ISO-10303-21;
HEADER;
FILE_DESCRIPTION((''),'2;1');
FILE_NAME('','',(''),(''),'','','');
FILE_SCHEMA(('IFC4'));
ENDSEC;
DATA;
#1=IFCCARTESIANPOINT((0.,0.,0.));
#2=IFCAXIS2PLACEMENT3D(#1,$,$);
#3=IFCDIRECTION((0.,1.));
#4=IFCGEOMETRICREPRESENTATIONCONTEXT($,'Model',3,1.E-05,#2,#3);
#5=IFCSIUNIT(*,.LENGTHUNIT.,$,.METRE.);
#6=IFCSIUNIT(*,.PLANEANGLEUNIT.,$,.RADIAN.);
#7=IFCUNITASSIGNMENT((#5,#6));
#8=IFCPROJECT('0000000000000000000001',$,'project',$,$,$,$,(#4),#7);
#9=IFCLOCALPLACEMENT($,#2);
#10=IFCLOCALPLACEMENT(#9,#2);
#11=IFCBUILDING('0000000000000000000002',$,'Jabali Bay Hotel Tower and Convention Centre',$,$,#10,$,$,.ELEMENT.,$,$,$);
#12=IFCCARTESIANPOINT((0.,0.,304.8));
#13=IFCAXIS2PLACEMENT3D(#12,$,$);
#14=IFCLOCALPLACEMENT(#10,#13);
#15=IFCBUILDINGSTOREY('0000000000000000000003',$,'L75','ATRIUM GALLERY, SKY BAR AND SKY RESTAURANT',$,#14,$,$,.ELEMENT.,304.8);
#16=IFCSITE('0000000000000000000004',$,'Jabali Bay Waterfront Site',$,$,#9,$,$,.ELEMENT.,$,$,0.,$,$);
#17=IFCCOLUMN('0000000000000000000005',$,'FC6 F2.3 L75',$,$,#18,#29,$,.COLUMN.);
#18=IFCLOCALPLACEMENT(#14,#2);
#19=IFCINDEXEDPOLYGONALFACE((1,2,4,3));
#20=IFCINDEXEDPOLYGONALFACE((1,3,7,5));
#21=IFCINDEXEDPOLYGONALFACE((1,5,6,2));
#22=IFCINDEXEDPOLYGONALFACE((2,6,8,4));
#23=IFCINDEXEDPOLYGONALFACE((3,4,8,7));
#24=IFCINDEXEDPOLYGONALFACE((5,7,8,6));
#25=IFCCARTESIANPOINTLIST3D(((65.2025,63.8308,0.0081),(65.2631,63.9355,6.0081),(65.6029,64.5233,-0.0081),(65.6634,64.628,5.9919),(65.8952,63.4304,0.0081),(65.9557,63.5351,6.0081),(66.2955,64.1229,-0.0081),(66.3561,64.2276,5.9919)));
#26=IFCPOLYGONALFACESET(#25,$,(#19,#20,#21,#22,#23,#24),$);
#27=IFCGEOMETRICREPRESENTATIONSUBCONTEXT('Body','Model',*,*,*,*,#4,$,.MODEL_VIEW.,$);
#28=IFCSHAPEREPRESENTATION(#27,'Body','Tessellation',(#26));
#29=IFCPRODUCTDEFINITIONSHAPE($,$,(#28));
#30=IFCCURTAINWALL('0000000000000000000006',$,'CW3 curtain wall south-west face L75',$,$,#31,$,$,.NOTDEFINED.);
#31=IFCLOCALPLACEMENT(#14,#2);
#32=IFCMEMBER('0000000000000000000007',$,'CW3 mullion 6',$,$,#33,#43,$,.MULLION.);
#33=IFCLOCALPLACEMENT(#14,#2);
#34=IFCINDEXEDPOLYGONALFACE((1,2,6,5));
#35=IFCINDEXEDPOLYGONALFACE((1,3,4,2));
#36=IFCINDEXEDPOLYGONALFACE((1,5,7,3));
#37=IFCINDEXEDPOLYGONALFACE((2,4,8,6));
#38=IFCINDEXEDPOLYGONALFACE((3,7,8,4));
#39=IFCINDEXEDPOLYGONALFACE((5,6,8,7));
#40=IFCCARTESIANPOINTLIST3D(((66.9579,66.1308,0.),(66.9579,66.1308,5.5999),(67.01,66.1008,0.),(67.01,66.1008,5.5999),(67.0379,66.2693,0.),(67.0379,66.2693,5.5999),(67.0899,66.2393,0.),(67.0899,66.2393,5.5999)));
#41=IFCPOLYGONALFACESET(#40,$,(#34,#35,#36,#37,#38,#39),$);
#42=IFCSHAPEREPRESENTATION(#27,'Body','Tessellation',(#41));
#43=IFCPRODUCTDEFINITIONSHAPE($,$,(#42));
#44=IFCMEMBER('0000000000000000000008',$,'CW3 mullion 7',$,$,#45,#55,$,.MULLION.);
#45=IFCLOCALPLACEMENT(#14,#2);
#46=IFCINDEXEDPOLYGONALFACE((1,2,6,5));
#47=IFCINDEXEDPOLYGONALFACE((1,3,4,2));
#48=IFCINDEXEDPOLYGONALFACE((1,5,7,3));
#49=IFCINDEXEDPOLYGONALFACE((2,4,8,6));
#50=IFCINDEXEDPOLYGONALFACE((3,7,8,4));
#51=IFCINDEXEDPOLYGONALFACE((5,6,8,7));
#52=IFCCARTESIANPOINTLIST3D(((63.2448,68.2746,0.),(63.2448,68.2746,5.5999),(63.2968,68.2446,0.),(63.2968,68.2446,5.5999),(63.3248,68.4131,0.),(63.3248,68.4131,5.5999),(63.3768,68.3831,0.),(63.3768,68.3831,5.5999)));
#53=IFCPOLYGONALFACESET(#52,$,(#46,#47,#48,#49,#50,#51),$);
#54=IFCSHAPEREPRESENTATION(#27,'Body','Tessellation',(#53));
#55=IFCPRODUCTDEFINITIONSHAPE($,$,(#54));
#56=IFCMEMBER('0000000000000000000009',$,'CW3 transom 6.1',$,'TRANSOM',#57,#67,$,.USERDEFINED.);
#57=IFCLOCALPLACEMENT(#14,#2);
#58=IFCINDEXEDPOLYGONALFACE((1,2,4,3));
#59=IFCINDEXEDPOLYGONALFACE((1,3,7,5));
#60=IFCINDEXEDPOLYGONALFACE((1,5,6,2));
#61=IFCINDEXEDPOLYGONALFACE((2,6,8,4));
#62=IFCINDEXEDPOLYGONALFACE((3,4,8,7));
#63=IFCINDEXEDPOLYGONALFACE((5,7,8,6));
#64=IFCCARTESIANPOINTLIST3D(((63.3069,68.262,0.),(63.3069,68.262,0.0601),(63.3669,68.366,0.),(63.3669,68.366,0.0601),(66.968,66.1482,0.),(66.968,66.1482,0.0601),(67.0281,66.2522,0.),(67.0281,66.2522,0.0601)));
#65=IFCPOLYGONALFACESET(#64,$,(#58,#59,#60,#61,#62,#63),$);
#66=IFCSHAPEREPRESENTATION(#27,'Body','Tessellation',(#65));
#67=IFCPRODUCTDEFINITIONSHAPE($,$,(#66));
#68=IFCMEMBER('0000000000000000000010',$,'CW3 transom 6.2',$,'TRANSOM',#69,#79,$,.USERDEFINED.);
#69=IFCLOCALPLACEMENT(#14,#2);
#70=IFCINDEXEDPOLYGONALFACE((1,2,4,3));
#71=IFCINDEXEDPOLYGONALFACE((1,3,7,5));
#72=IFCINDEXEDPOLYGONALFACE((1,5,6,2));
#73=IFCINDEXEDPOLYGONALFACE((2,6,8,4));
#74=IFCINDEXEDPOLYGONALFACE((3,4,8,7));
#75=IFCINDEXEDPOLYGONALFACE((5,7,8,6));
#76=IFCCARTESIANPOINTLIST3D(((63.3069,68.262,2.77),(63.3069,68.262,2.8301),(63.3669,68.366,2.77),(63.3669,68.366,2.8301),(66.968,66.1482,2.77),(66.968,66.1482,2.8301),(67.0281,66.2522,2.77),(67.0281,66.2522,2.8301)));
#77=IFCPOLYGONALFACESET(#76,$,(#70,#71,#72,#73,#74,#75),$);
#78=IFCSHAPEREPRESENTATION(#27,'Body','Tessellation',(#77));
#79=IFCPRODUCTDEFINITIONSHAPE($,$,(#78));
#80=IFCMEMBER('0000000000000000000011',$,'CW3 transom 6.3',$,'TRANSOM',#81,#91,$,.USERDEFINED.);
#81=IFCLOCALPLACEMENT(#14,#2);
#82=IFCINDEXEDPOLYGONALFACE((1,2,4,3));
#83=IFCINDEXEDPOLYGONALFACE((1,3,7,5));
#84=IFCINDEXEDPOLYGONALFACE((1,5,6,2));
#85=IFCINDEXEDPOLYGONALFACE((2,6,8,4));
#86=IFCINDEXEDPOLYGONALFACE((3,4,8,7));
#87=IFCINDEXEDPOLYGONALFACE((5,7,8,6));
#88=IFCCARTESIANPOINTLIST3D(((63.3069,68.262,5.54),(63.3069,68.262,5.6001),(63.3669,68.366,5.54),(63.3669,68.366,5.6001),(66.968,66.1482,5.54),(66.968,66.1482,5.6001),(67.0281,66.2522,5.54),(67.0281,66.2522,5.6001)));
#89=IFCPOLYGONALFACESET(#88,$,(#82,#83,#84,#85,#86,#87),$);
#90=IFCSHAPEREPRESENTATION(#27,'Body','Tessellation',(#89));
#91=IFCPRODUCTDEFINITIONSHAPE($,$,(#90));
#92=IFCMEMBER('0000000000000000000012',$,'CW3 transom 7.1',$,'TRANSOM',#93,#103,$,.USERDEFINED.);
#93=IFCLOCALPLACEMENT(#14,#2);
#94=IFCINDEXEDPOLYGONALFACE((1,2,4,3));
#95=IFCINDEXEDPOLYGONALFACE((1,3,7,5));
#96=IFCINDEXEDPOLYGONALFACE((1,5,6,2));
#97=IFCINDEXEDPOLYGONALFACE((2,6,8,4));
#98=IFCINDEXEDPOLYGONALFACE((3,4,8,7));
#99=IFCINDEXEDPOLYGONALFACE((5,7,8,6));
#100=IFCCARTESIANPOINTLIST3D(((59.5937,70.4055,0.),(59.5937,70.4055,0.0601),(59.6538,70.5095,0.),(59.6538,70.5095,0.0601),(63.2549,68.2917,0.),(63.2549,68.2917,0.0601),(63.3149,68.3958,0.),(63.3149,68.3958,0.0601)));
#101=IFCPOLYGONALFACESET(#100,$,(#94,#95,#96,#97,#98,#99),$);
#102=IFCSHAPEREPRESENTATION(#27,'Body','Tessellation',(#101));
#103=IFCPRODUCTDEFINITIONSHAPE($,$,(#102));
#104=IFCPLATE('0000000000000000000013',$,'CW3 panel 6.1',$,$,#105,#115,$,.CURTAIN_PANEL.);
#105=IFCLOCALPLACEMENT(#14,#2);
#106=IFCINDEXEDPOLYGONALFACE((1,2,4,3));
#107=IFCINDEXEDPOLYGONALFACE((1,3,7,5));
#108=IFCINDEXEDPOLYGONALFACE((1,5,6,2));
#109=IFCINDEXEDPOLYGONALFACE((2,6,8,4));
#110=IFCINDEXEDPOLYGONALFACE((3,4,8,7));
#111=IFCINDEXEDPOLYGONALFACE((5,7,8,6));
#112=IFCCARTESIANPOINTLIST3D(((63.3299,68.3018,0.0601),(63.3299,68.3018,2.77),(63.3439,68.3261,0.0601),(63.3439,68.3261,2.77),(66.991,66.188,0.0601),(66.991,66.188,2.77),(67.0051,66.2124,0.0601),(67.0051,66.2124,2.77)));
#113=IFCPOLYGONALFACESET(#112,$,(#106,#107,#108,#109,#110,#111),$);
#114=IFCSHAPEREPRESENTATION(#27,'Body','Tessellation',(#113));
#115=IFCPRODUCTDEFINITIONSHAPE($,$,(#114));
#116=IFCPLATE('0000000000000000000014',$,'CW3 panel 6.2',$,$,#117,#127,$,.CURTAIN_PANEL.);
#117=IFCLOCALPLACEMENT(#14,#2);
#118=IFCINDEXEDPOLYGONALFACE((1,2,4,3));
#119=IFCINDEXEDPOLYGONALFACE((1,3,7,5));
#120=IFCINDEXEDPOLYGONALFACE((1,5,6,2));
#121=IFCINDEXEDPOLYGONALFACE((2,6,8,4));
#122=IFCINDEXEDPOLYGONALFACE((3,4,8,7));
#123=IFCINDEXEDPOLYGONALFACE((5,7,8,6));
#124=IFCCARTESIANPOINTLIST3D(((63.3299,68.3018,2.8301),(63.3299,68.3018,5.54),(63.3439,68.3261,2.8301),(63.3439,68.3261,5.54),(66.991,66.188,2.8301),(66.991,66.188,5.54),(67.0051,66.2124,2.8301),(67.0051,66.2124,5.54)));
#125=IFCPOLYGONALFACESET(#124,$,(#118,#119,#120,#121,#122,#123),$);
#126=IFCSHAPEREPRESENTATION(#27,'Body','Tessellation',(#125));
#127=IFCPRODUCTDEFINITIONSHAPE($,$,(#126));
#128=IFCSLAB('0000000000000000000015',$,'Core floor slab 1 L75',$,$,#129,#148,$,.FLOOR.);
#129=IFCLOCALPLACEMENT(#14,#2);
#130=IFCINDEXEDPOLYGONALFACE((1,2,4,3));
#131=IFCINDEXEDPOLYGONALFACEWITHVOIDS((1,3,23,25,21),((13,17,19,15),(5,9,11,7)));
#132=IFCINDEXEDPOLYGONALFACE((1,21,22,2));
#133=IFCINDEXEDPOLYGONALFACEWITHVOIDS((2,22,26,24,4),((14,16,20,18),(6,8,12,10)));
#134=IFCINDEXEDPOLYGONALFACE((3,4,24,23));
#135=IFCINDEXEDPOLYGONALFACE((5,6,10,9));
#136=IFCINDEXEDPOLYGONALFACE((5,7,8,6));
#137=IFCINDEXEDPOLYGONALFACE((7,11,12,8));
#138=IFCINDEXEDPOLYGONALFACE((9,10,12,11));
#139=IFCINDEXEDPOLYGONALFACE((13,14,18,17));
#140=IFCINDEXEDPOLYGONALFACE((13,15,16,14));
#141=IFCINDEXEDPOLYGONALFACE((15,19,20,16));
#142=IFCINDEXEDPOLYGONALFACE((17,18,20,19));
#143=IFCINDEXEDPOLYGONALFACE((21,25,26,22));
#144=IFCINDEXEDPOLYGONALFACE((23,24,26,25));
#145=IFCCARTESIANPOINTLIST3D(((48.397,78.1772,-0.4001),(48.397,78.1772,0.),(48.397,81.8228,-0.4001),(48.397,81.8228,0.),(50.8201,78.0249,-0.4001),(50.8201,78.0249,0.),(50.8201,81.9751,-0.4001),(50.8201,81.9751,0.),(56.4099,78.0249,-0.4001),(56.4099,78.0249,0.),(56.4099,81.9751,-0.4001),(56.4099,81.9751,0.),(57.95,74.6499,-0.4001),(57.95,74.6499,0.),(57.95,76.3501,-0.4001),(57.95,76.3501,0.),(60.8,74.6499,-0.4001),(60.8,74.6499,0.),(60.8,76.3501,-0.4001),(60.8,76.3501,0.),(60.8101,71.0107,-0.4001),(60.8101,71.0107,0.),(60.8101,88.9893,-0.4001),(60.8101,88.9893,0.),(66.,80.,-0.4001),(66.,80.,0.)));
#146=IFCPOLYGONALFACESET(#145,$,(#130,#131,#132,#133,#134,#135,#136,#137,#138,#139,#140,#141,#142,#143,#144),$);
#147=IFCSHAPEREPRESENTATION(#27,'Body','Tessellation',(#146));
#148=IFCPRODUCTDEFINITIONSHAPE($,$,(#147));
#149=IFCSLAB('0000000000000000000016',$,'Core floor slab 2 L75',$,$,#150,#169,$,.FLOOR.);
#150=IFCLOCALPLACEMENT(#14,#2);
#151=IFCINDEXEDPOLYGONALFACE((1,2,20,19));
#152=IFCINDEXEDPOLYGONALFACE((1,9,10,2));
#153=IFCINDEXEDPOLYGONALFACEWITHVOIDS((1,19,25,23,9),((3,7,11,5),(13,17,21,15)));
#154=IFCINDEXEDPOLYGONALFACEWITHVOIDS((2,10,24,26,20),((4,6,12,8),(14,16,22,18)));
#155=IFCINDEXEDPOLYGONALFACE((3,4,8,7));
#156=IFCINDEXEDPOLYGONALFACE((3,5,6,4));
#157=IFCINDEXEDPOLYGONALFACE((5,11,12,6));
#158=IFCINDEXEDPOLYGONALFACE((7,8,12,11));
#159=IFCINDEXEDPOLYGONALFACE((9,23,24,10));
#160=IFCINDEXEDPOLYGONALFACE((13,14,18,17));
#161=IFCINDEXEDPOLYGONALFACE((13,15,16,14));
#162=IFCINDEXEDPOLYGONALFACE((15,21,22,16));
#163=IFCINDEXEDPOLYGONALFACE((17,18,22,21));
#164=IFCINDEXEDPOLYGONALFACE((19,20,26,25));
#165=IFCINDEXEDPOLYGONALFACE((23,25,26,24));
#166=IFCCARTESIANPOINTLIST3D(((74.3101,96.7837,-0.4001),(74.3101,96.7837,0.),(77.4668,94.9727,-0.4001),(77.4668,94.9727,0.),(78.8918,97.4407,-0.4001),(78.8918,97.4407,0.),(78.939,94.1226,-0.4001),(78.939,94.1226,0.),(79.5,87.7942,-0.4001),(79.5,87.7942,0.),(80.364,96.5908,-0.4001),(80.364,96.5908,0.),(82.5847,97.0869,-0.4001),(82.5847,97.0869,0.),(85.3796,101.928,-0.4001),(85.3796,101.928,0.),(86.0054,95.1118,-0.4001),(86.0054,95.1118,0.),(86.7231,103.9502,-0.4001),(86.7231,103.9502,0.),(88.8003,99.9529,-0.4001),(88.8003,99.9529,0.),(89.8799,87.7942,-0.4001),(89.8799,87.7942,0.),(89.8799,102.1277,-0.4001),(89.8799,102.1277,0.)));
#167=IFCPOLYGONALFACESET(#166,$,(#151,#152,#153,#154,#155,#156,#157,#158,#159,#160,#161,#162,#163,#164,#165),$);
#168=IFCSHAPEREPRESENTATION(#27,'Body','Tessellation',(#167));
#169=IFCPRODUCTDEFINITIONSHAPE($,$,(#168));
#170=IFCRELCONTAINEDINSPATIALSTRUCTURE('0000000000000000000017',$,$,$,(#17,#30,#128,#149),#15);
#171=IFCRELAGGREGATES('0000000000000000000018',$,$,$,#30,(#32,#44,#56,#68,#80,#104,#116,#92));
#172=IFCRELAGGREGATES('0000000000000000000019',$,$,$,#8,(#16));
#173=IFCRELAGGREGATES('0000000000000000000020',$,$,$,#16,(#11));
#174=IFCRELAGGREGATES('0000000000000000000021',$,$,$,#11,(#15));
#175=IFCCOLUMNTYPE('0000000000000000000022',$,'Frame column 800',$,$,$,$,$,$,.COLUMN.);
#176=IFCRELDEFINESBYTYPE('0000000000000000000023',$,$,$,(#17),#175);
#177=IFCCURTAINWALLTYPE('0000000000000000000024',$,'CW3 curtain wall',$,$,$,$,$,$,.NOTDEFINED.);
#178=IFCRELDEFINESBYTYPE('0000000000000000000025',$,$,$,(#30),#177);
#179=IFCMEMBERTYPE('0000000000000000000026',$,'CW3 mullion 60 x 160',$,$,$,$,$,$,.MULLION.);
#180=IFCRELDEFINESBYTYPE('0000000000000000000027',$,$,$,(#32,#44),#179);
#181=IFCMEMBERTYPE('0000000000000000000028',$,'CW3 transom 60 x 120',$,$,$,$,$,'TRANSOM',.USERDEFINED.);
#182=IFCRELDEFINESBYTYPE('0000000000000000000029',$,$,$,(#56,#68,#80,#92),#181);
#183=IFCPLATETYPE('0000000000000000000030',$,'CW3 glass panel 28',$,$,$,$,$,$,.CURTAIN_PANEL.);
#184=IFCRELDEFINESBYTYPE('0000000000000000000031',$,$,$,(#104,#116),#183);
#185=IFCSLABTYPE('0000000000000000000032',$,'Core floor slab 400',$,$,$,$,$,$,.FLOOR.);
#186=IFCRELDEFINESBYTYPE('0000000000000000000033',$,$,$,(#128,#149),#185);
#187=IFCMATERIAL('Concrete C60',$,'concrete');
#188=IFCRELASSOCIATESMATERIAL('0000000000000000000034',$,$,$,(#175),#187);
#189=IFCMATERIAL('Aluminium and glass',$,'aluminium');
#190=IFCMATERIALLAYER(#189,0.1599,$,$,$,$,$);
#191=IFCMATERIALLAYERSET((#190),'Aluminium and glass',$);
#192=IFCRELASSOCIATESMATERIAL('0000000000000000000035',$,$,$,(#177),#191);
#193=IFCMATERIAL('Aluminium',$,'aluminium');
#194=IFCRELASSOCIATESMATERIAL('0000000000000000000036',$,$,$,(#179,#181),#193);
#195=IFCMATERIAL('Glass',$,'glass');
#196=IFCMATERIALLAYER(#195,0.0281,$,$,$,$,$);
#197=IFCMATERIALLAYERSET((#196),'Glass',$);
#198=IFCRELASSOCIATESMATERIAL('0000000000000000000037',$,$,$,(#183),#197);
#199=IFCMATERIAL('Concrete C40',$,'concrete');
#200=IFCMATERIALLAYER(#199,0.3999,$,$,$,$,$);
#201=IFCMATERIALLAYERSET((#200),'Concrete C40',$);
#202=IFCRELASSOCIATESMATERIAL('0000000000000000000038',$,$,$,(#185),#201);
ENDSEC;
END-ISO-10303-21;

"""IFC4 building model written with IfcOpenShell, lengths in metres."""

from ifc_helpers import new_model, si_unit, direction, frame, origin, origin_2d, place, context, subcontext, project, spatial, polyline, rectangle, outline, extrude, material, layer, layer_set, material_profile, profile_set, type_object, element, aggregate, save


model = new_model("IFC4")

# Units and contexts
model_context = context("Model", 3, precision=1e-05, world=origin(), true_north=direction((0.0, 1.0)))
body_context = subcontext(model_context, "Body", "Model", "MODEL_VIEW")
ifc_project = project(units=[si_unit("LENGTHUNIT", "METRE"), si_unit("PLANEANGLEUNIT", "RADIAN")], contexts=[model_context])

# Site, building, storey
site_placement = place(None, origin())
site = spatial("IfcSite", under=ifc_project, at=site_placement, Name="Jabali Bay Waterfront Site", CompositionType="ELEMENT", RefElevation=0.0)
building_placement = place(site_placement, origin())
building = spatial("IfcBuilding", under=site, at=building_placement, Name="Jabali Bay Hotel Tower and Convention Centre", CompositionType="ELEMENT")
storey_placement = place(building_placement, frame((0.0, 0.0, 304.8)))
storey = spatial("IfcBuildingStorey", under=building, at=storey_placement, Name="L75", Description="ATRIUM GALLERY, SKY BAR AND SKY RESTAURANT", CompositionType="ELEMENT", Elevation=304.8)

# Column
ifc_material_1 = material(Name="Concrete C60", Category="concrete")
ifc_material_profile_1 = material_profile(ifc_material_1, rectangle(XDim=0.8, YDim=0.8, at=origin_2d()), Name="Frame column 800")
ifc_profile_set_1 = profile_set([ifc_material_profile_1], Name="Concrete C60")
column_type = type_object("IfcColumnType", Name="Frame column 800", PredefinedType="COLUMN", material=ifc_profile_set_1)
column_placement = place(storey_placement, frame((65.749, 63.9768, 0.0), z_axis=(0.010089, 0.017453, 0.999797), x_axis=(-0.865749, 0.500479, 0.0)))
element("IfcColumn", 1, at=column_placement, inside=storey, type_object=column_type, Name="FC6 F2.3 L75", PredefinedType="COLUMN", context=body_context, shape_type="SweptSolid", body=[
    extrude(rectangle(XDim=0.8, YDim=0.8, at=origin_2d()), origin(), (0.0, 0.0, 1.0), 6.0012),
])

# Curtain wall, members, plates
ifc_material_2 = material(Name="Aluminium and glass", Category="aluminium")
ifc_layer_1 = layer(ifc_material_2, 0.1599)
ifc_layer_set_1 = layer_set([ifc_layer_1], Name="Aluminium and glass")
curtain_wall_type = type_object("IfcCurtainWallType", Name="CW3 curtain wall", PredefinedType="NOTDEFINED", material=ifc_layer_set_1)
curtain_wall_placement = place(storey_placement, origin())
curtain_wall = element("IfcCurtainWall", 2, at=curtain_wall_placement, inside=storey, type_object=curtain_wall_type, Name="CW3 curtain wall south-west face L75", PredefinedType="NOTDEFINED")
ifc_material_3 = material(Name="Aluminium", Category="aluminium")
ifc_material_profile_2 = material_profile(ifc_material_3, rectangle(XDim=0.1599, YDim=0.0601, at=origin_2d()), Name="CW3 mullion 60 x 160")
ifc_profile_set_2 = profile_set([ifc_material_profile_2], Name="Aluminium")
member_type_1 = type_object("IfcMemberType", Name="CW3 mullion 60 x 160", PredefinedType="MULLION", material=ifc_profile_set_2)
member_1_placement = place(storey_placement, frame((67.0239, 66.1851, 0.0), z_axis=(0.0, 0.0, 1.0), x_axis=(-0.5, -0.866025, 0.0)))
member_1 = element("IfcMember", 3, at=member_1_placement, type_object=member_type_1, Name="CW3 mullion 6", PredefinedType="MULLION", context=body_context, shape_type="SweptSolid", body=[
    extrude(rectangle(XDim=0.1599, YDim=0.0601, at=origin_2d()), origin(), (0.0, 0.0, 1.0), 5.5999),
])
member_2_placement = place(storey_placement, frame((63.3108, 68.3289, 0.0), z_axis=(0.0, 0.0, 1.0), x_axis=(-0.5, -0.866025, 0.0)))
member_2 = element("IfcMember", 4, at=member_2_placement, type_object=member_type_1, Name="CW3 mullion 7", PredefinedType="MULLION", context=body_context, shape_type="SweptSolid", body=[
    extrude(rectangle(XDim=0.1599, YDim=0.0601, at=origin_2d()), origin(), (0.0, 0.0, 1.0), 5.5999),
])
ifc_material_profile_3 = material_profile(ifc_material_3, rectangle(XDim=0.1201, YDim=0.0601, at=origin_2d()), Name="CW3 transom 60 x 120")
ifc_profile_set_3 = profile_set([ifc_material_profile_3], Name="Aluminium")
member_type_2 = type_object("IfcMemberType", Name="CW3 transom 60 x 120", ElementType="TRANSOM", PredefinedType="USERDEFINED", material=ifc_profile_set_3)
member_3_placement = place(storey_placement, frame((66.998, 66.2002, 0.03), z_axis=(-0.866024, 0.500002, 0.0), x_axis=(-0.500002, -0.866024, 0.0)))
member_3 = element("IfcMember", 5, at=member_3_placement, type_object=member_type_2, Name="CW3 transom 6.1", ObjectType="TRANSOM", PredefinedType="USERDEFINED", context=body_context, shape_type="SweptSolid", body=[
    extrude(rectangle(XDim=0.1201, YDim=0.0601, at=origin_2d()), origin(), (0.0, 0.0, 1.0), 4.2275),
])
member_4_placement = place(storey_placement, frame((66.998, 66.2002, 2.8), z_axis=(-0.866024, 0.500002, 0.0), x_axis=(-0.500002, -0.866024, 0.0)))
member_4 = element("IfcMember", 6, at=member_4_placement, type_object=member_type_2, Name="CW3 transom 6.2", ObjectType="TRANSOM", PredefinedType="USERDEFINED", context=body_context, shape_type="SweptSolid", body=[
    extrude(rectangle(XDim=0.1201, YDim=0.0601, at=origin_2d()), origin(), (0.0, 0.0, 1.0), 4.2275),
])
member_5_placement = place(storey_placement, frame((66.998, 66.2002, 5.5701), z_axis=(-0.866024, 0.500002, 0.0), x_axis=(-0.500002, -0.866024, 0.0)))
member_5 = element("IfcMember", 7, at=member_5_placement, type_object=member_type_2, Name="CW3 transom 6.3", ObjectType="TRANSOM", PredefinedType="USERDEFINED", context=body_context, shape_type="SweptSolid", body=[
    extrude(rectangle(XDim=0.1201, YDim=0.0601, at=origin_2d()), origin(), (0.0, 0.0, 1.0), 4.2275),
])
member_6_placement = place(storey_placement, frame((63.2849, 68.3438, 0.03), z_axis=(-0.866024, 0.500002, 0.0), x_axis=(-0.500002, -0.866024, 0.0)))
member_6 = element("IfcMember", 8, at=member_6_placement, type_object=member_type_2, Name="CW3 transom 7.1", ObjectType="TRANSOM", PredefinedType="USERDEFINED", context=body_context, shape_type="SweptSolid", body=[
    extrude(rectangle(XDim=0.1201, YDim=0.0601, at=origin_2d()), origin(), (0.0, 0.0, 1.0), 4.2275),
])
ifc_material_4 = material(Name="Glass", Category="glass")
ifc_layer_2 = layer(ifc_material_4, 0.0281)
ifc_layer_set_2 = layer_set([ifc_layer_2], Name="Glass")
plate_type = type_object("IfcPlateType", Name="CW3 glass panel 28", PredefinedType="CURTAIN_PANEL", material=ifc_layer_set_2)
plate_1_placement = place(storey_placement, frame((65.1675, 67.2571, 0.0601), z_axis=(0.0, 0.0, 1.0), x_axis=(-0.866025, 0.5, 0.0)))
plate_1 = element("IfcPlate", 9, at=plate_1_placement, type_object=plate_type, Name="CW3 panel 6.1", PredefinedType="CURTAIN_PANEL", context=body_context, shape_type="SweptSolid", body=[
    extrude(rectangle(XDim=4.2275, YDim=0.0281, at=origin_2d()), origin(), (0.0, 0.0, 1.0), 2.71),
])
plate_2_placement = place(storey_placement, frame((65.1675, 67.2571, 2.8301), z_axis=(0.0, 0.0, 1.0), x_axis=(-0.866025, 0.5, 0.0)))
plate_2 = element("IfcPlate", 10, at=plate_2_placement, type_object=plate_type, Name="CW3 panel 6.2", PredefinedType="CURTAIN_PANEL", context=body_context, shape_type="SweptSolid", body=[
    extrude(rectangle(XDim=4.2275, YDim=0.0281, at=origin_2d()), origin(), (0.0, 0.0, 1.0), 2.71),
])
aggregate(curtain_wall, [member_1, member_2, member_3, member_4, member_5, plate_1, plate_2, member_6])

# Slabs
ifc_material_5 = material(Name="Concrete C40", Category="concrete")
ifc_layer_3 = layer(ifc_material_5, 0.3999)
ifc_layer_set_3 = layer_set([ifc_layer_3], Name="Concrete C40")
slab_type_1 = type_object("IfcSlabType", Name="Core floor slab 400", PredefinedType="FLOOR", material=ifc_layer_set_3)
slab_1_placement = place(storey_placement, frame((0.0, 0.0, -0.4001)))
element("IfcSlab", 11, at=slab_1_placement, inside=storey, type_object=slab_type_1, Name="Core floor slab 1 L75", PredefinedType="FLOOR", context=body_context, shape_type="SweptSolid", body=[
    extrude(outline(polyline([(66.0, 80.0), (60.8101, 88.9893), (48.397, 81.8228), (48.397, 78.1772), (60.8101, 71.0107), (66.0, 80.0)]), holes=[polyline([(60.8, 76.3501), (57.95, 76.3501), (57.95, 74.6499), (60.8, 74.6499), (60.8, 76.3501)]), polyline([(50.8201, 81.9751), (50.8201, 78.0249), (56.4099, 78.0249), (56.4099, 81.9751), (50.8201, 81.9751)])]), origin(), (0.0, 0.0, 1.0), 0.4001),
])
slab_2_placement = place(storey_placement, frame((0.0, 0.0, -0.4001)))
element("IfcSlab", 12, at=slab_2_placement, inside=storey, type_object=slab_type_1, Name="Core floor slab 2 L75", PredefinedType="FLOOR", context=body_context, shape_type="SweptSolid", body=[
    extrude(outline(polyline([(79.5, 87.7942), (89.8799, 87.7942), (89.8799, 102.1277), (86.7231, 103.9502), (74.3101, 96.7837), (79.5, 87.7942)]), holes=[polyline([(78.939, 94.1226), (80.364, 96.5908), (78.8918, 97.4407), (77.4668, 94.9727), (78.939, 94.1226)]), polyline([(88.8003, 99.9529), (85.3796, 101.928), (82.5847, 97.0869), (86.0054, 95.1118), (88.8003, 99.9529)])]), origin(), (0.0, 0.0, 1.0), 0.4001),
])

save(model, "model.ifc")
